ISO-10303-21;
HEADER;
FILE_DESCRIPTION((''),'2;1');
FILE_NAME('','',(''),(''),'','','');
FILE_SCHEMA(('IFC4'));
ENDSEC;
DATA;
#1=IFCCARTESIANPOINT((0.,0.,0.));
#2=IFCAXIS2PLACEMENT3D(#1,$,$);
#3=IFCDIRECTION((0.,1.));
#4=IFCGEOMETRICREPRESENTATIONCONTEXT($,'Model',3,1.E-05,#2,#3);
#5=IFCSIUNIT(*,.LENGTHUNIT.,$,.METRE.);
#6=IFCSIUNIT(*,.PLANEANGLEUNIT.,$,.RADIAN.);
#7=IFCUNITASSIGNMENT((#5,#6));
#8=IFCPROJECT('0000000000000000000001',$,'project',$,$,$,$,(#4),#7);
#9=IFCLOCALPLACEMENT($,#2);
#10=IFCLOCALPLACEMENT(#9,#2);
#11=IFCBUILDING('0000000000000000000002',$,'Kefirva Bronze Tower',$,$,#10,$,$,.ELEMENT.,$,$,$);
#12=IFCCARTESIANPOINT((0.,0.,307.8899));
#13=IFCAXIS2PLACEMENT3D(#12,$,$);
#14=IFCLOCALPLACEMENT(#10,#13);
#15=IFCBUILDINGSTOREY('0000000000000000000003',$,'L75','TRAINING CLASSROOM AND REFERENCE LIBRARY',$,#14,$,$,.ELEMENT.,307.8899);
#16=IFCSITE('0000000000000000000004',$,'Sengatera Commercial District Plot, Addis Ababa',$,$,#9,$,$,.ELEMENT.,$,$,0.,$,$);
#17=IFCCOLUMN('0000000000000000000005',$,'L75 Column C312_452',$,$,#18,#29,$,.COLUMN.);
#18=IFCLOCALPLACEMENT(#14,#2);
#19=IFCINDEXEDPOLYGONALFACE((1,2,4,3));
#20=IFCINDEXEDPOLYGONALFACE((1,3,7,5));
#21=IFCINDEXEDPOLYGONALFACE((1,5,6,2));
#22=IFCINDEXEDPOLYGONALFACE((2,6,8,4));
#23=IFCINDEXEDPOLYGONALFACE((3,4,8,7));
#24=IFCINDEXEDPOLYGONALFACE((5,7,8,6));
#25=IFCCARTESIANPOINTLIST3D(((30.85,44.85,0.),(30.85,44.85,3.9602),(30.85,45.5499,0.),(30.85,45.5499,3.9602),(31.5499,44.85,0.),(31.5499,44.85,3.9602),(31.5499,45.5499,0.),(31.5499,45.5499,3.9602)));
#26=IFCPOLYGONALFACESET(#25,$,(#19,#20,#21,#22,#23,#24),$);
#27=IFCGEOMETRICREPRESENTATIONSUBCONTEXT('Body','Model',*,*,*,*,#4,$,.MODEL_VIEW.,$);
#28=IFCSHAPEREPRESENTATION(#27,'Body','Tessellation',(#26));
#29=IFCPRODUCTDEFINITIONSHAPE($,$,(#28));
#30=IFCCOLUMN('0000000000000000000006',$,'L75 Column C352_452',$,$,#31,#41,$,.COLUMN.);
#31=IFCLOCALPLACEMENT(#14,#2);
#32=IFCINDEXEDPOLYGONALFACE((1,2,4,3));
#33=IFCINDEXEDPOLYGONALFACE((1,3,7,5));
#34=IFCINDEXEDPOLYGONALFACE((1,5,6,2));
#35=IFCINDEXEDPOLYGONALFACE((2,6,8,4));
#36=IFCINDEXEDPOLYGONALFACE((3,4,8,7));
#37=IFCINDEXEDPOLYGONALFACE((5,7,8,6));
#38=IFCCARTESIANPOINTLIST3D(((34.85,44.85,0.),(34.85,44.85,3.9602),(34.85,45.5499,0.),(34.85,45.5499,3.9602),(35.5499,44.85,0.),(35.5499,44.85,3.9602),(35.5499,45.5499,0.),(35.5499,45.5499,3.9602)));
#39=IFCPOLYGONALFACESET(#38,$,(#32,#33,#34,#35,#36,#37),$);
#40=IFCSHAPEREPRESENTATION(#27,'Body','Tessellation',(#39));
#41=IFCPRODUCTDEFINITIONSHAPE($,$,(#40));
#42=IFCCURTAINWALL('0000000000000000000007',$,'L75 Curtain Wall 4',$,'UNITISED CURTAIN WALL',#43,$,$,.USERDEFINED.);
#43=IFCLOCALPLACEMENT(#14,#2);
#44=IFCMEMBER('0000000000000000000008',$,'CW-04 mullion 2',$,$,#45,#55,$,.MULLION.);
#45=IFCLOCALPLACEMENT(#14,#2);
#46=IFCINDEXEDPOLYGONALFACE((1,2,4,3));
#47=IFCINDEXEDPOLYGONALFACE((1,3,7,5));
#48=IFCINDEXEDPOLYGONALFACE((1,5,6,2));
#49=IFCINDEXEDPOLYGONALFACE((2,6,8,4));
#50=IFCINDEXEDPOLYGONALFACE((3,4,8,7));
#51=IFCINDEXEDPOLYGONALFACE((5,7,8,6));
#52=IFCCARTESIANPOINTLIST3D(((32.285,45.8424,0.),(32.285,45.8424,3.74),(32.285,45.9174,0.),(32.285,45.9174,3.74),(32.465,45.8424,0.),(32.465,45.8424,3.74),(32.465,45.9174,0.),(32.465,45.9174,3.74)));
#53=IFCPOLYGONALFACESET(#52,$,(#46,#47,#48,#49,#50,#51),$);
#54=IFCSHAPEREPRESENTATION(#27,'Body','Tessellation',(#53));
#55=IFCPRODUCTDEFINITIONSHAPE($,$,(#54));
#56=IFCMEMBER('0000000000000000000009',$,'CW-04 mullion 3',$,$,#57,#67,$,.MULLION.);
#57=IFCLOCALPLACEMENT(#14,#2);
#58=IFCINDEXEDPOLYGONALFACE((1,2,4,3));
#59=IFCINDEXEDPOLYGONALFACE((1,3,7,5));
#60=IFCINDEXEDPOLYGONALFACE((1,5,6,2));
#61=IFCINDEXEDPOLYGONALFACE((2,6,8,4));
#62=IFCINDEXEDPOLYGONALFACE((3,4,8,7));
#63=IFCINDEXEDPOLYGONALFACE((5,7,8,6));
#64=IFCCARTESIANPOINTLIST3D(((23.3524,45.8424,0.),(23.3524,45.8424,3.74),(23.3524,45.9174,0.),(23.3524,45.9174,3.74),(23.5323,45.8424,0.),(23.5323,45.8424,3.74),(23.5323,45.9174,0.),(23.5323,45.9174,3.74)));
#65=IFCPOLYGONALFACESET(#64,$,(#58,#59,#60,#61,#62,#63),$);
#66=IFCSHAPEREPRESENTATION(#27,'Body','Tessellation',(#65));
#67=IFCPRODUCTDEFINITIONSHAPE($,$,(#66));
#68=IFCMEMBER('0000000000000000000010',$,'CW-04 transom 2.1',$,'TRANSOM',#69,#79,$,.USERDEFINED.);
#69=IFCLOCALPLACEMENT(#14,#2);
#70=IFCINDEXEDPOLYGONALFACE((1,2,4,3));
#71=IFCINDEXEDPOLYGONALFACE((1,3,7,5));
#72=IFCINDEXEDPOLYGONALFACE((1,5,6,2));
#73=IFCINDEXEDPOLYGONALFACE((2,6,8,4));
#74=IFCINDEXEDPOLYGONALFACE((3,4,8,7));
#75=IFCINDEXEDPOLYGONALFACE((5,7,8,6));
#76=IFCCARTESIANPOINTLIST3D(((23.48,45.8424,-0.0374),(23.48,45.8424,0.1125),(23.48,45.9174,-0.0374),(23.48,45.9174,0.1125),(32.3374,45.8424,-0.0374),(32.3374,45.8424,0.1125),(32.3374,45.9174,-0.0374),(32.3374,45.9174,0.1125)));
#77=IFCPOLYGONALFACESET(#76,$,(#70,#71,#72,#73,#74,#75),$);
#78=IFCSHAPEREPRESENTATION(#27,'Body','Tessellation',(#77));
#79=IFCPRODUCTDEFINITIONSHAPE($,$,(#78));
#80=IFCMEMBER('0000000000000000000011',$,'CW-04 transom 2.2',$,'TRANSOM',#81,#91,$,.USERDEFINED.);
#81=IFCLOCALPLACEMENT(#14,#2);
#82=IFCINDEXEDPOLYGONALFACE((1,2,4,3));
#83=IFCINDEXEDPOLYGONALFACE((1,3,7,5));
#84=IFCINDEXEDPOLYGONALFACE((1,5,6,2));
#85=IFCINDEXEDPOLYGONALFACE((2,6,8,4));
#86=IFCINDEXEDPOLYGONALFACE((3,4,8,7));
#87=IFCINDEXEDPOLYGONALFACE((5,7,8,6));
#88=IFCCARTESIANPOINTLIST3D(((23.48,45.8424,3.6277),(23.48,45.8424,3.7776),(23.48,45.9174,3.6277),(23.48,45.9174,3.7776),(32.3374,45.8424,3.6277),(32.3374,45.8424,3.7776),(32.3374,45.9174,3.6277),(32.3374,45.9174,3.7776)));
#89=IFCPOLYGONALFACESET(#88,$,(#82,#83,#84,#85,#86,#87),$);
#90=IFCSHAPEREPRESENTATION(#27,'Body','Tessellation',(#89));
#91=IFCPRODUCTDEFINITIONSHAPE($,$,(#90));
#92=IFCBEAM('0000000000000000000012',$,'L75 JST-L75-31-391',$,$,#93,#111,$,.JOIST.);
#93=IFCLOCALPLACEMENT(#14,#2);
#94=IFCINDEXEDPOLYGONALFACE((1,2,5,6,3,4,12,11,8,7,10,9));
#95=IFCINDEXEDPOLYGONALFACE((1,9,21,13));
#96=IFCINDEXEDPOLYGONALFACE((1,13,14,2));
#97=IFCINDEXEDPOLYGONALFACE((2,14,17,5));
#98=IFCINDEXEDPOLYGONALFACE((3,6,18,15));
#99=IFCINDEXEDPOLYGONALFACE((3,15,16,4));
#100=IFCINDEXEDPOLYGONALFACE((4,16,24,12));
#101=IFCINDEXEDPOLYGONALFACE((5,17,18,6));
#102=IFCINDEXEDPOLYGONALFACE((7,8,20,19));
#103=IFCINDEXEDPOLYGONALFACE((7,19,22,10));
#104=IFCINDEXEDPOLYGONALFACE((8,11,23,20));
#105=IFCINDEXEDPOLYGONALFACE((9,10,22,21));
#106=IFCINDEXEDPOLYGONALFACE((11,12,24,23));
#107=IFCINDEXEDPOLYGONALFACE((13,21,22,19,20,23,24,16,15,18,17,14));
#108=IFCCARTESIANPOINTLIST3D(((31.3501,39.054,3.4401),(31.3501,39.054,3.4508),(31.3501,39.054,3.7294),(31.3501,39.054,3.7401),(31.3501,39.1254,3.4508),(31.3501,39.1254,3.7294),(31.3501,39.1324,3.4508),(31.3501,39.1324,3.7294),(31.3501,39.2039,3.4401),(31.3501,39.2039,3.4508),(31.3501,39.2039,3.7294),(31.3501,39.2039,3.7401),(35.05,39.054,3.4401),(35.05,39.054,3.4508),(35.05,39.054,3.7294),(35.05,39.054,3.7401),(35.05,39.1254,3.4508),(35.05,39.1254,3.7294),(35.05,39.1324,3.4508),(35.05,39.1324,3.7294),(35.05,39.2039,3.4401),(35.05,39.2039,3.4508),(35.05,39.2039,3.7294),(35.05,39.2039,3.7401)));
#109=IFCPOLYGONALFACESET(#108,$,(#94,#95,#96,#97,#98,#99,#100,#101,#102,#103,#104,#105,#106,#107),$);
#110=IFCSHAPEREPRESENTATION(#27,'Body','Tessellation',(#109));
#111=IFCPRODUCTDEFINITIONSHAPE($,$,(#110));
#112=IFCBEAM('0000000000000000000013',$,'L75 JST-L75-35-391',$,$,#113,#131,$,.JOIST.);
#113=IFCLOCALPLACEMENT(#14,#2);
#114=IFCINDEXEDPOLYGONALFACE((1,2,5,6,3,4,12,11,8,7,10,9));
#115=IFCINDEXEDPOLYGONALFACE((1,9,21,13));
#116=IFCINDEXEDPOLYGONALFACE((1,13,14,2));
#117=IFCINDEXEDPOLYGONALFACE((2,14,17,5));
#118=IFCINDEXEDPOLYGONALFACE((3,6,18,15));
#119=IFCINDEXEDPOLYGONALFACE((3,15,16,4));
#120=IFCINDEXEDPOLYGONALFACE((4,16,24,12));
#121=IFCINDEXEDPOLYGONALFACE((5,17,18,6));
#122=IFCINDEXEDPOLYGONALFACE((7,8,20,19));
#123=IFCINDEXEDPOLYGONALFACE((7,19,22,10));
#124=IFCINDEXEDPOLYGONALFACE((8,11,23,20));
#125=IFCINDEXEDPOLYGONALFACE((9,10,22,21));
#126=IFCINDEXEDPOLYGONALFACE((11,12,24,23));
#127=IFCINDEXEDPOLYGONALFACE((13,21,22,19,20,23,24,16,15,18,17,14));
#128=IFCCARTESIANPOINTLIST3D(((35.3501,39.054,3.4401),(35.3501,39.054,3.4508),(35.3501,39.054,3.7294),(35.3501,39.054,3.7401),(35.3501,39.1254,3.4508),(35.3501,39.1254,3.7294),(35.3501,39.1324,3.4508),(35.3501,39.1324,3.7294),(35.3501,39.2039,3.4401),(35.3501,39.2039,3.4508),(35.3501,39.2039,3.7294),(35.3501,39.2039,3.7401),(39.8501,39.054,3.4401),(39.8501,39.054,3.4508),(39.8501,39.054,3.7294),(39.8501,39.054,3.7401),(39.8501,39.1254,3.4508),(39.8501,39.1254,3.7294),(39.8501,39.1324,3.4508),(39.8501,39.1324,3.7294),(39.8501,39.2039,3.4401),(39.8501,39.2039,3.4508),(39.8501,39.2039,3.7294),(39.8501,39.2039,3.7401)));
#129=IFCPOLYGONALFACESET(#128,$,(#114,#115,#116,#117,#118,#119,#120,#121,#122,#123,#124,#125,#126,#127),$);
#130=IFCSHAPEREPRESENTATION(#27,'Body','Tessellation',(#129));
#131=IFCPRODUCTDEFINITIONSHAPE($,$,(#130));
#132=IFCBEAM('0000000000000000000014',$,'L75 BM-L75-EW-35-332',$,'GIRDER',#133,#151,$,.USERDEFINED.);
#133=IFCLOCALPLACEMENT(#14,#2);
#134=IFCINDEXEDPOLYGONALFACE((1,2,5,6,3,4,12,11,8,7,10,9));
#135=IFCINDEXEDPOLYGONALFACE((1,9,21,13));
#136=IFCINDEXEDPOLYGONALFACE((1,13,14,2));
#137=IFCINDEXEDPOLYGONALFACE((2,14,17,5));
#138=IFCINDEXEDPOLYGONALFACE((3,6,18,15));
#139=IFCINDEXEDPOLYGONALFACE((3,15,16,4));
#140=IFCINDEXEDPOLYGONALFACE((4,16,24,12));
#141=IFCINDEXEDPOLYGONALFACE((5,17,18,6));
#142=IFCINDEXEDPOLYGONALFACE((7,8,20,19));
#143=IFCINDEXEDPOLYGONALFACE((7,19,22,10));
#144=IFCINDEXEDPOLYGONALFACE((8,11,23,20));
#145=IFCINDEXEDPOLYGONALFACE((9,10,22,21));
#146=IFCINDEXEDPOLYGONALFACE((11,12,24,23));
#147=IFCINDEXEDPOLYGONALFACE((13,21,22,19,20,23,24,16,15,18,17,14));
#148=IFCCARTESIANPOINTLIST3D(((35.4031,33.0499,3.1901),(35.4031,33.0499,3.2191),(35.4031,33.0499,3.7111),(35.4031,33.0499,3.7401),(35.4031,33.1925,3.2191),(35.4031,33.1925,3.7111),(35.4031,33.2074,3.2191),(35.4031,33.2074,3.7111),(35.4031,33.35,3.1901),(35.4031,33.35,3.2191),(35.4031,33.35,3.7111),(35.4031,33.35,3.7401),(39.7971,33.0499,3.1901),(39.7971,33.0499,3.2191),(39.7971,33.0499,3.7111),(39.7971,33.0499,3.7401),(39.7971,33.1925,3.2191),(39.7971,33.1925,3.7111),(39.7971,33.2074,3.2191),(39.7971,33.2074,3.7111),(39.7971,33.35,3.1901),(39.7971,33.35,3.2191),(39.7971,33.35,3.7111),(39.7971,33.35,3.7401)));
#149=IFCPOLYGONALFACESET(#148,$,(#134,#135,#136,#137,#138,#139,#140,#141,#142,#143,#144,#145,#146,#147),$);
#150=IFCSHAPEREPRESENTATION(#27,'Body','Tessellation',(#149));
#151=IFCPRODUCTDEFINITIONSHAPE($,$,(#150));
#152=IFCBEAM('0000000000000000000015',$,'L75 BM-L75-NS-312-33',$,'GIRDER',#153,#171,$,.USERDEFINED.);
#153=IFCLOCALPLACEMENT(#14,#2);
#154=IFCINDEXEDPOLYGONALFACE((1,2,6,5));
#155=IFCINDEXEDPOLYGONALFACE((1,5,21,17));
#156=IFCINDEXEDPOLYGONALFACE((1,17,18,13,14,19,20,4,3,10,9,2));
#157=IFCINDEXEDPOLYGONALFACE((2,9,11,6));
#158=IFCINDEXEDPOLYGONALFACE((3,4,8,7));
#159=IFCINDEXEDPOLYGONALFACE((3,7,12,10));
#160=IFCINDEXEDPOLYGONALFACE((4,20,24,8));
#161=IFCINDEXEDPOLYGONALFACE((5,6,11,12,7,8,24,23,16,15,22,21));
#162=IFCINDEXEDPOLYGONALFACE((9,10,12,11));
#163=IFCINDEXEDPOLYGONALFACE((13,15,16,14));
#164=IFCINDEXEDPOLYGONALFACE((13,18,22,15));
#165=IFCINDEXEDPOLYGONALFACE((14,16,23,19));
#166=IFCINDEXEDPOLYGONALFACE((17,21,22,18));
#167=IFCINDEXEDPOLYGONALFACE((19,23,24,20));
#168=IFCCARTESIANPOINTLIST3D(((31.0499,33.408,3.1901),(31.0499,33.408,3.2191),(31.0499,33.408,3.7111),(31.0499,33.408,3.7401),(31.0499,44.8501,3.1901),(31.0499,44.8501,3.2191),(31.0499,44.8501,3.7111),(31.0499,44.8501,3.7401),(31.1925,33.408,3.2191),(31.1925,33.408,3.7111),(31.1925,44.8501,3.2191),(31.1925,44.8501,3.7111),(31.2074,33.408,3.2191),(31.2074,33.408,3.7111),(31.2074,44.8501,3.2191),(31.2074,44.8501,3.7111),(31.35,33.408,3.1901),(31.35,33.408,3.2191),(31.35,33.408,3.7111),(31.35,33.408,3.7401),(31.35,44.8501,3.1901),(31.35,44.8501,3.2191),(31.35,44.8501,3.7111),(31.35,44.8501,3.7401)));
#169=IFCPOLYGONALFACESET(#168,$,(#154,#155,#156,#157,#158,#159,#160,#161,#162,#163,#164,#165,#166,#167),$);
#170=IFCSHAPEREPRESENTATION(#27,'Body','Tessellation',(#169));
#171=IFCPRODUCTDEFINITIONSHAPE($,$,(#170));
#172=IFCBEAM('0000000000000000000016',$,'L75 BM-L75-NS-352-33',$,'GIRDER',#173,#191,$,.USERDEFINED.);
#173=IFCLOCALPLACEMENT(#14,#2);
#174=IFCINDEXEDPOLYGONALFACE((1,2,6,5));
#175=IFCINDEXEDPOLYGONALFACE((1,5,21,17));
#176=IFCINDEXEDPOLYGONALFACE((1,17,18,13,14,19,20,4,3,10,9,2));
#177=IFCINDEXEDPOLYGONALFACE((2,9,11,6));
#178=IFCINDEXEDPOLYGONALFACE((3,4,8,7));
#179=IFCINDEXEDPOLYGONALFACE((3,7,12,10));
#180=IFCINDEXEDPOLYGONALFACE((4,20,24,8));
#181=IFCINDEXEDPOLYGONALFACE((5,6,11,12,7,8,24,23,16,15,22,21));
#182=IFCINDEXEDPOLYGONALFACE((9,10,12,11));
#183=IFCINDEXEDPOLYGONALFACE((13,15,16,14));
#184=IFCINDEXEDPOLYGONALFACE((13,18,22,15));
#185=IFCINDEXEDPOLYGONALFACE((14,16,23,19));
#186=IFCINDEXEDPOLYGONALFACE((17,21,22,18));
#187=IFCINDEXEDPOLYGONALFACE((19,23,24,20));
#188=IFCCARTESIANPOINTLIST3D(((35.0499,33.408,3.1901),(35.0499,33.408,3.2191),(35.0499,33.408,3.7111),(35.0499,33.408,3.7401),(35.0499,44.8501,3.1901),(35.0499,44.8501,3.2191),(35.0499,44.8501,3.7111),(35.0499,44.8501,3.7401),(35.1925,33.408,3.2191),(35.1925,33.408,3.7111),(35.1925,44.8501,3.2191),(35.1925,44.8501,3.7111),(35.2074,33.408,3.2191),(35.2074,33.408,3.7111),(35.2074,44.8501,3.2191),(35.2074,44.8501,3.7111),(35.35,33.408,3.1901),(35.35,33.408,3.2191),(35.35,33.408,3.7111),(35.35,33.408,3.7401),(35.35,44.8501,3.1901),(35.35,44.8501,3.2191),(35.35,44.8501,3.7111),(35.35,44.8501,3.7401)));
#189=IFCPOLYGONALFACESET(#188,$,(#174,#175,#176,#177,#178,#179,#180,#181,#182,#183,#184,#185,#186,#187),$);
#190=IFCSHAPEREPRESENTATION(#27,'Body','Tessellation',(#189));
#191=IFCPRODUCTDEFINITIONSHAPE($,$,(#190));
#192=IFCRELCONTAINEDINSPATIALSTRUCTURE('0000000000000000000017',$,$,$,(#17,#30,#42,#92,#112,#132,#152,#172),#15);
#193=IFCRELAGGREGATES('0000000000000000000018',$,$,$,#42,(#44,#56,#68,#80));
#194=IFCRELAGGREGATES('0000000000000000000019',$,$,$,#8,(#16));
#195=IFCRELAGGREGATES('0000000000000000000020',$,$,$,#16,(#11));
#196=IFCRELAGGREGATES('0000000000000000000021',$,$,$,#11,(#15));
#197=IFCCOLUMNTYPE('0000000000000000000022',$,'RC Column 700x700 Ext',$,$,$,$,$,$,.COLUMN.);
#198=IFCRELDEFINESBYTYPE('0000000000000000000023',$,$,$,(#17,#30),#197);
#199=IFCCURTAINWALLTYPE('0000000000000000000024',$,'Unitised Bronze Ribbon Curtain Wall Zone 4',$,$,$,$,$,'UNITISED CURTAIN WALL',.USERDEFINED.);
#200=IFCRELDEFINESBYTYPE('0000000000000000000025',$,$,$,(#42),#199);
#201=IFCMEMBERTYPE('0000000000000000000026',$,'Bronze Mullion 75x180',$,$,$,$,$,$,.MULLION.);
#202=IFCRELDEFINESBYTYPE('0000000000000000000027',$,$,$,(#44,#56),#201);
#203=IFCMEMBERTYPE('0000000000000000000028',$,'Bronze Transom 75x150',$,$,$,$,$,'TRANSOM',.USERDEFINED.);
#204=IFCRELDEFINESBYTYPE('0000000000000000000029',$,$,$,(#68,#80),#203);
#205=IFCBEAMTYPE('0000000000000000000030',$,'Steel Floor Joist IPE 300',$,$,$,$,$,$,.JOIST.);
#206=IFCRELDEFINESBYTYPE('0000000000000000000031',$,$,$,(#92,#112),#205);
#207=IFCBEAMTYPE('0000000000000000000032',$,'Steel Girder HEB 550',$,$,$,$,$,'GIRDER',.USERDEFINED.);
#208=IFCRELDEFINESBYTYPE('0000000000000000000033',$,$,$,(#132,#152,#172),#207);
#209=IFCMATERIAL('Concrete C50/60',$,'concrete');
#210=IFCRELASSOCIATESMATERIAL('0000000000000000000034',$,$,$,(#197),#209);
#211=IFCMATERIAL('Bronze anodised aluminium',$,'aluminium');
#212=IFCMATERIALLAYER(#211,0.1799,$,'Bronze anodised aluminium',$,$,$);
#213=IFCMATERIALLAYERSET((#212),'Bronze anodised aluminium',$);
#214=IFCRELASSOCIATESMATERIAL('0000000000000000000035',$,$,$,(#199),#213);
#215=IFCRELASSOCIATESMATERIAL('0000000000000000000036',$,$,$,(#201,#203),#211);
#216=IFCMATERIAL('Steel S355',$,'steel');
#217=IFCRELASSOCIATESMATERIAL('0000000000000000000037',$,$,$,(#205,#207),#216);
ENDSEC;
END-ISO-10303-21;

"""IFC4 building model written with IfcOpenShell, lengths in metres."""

from ifc_helpers import new_model, si_unit, direction, frame, origin, origin_2d, place, context, subcontext, project, spatial, rectangle, i_section, extrude, material, layer, layer_set, material_profile, profile_set, type_object, element, aggregate, save


model = new_model("IFC4")

# Units and contexts
model_context = context("Model", 3, precision=1e-05, world=origin(), true_north=direction((0.0, 1.0)))
body_context = subcontext(model_context, "Body", "Model", "MODEL_VIEW")
ifc_project = project(units=[si_unit("LENGTHUNIT", "METRE"), si_unit("PLANEANGLEUNIT", "RADIAN")], contexts=[model_context])

# Site, building, storey
site_placement = place(None, origin())
site = spatial("IfcSite", under=ifc_project, at=site_placement, Name="Sengatera Commercial District Plot, Addis Ababa", CompositionType="ELEMENT", RefElevation=0.0)
building_placement = place(site_placement, origin())
building = spatial("IfcBuilding", under=site, at=building_placement, Name="Kefirva Bronze Tower", CompositionType="ELEMENT")
storey_placement = place(building_placement, frame((0.0, 0.0, 307.8899)))
storey = spatial("IfcBuildingStorey", under=building, at=storey_placement, Name="L75", Description="TRAINING CLASSROOM AND REFERENCE LIBRARY", CompositionType="ELEMENT", Elevation=307.8899)

# Columns
ifc_material_1 = material(Name="Concrete C50/60", Category="concrete")
ifc_material_profile_1 = material_profile(ifc_material_1, rectangle(XDim=0.7, YDim=0.7, at=origin_2d()), Name="RC 700x700")
ifc_profile_set_1 = profile_set([ifc_material_profile_1], Name="Concrete C50/60")
column_type = type_object("IfcColumnType", Name="RC Column 700x700 Ext", PredefinedType="COLUMN", material=ifc_profile_set_1)
for number, where, z_axis, x_axis, name in (
    (1, (31.2, 45.2, 0.0), (0.0, 0.0, 1.0), (1.0, 0.0, 0.0), "L75 Column C312_452"),
    (2, (35.2, 45.2, 0.0), (0.0, 0.0, 1.0), (1.0, 0.0, 0.0), "L75 Column C352_452"),
):
    element("IfcColumn", number, at=place(storey_placement, frame(where, z_axis=z_axis, x_axis=x_axis)), inside=storey, type_object=column_type, Name=name, PredefinedType="COLUMN", context=body_context, shape_type="SweptSolid", body=[
        extrude(rectangle(XDim=0.7, YDim=0.7, at=origin_2d()), origin(), (0.0, 0.0, 1.0), 3.9602),
    ])

# Curtain wall, members
ifc_material_2 = material(Name="Bronze anodised aluminium", Category="aluminium")
ifc_layer_1 = layer(ifc_material_2, 0.1799, Name="Bronze anodised aluminium")
ifc_layer_set_1 = layer_set([ifc_layer_1], Name="Bronze anodised aluminium")
curtain_wall_type = type_object("IfcCurtainWallType", Name="Unitised Bronze Ribbon Curtain Wall Zone 4", ElementType="UNITISED CURTAIN WALL", PredefinedType="USERDEFINED", material=ifc_layer_set_1)
curtain_wall_placement = place(storey_placement, origin())
curtain_wall = element("IfcCurtainWall", 3, at=curtain_wall_placement, inside=storey, type_object=curtain_wall_type, Name="L75 Curtain Wall 4", ObjectType="UNITISED CURTAIN WALL", PredefinedType="USERDEFINED")
ifc_material_profile_2 = material_profile(ifc_material_2, rectangle(XDim=0.075, YDim=0.1799, at=origin_2d()), Name="ALU 75x180")
ifc_profile_set_2 = profile_set([ifc_material_profile_2], Name="Bronze anodised aluminium")
member_type_1 = type_object("IfcMemberType", Name="Bronze Mullion 75x180", PredefinedType="MULLION", material=ifc_profile_set_2)
member_1_placement = place(storey_placement, frame((32.375, 45.8799, 0.0), z_axis=(0.0, 0.0, 1.0), x_axis=(0.0, -1.0, 0.0)))
member_1 = element("IfcMember", 4, at=member_1_placement, type_object=member_type_1, Name="CW-04 mullion 2", PredefinedType="MULLION", context=body_context, shape_type="SweptSolid", body=[
    extrude(rectangle(XDim=0.075, YDim=0.1799, at=origin_2d()), origin(), (0.0, 0.0, 1.0), 3.74),
])
member_2_placement = place(storey_placement, frame((23.4424, 45.8799, 0.0), z_axis=(0.0, 0.0, 1.0), x_axis=(0.0, -1.0, 0.0)))
member_2 = element("IfcMember", 5, at=member_2_placement, type_object=member_type_1, Name="CW-04 mullion 3", PredefinedType="MULLION", context=body_context, shape_type="SweptSolid", body=[
    extrude(rectangle(XDim=0.075, YDim=0.1799, at=origin_2d()), origin(), (0.0, 0.0, 1.0), 3.74),
])
ifc_material_profile_3 = material_profile(ifc_material_2, rectangle(XDim=0.075, YDim=0.1499, at=origin_2d()), Name="ALU 75x150")
ifc_profile_set_3 = profile_set([ifc_material_profile_3], Name="Bronze anodised aluminium")
member_type_2 = type_object("IfcMemberType", Name="Bronze Transom 75x150", ElementType="TRANSOM", PredefinedType="USERDEFINED", material=ifc_profile_set_3)
member_3_placement = place(storey_placement, frame((32.3374, 45.8799, 0.0376), z_axis=(-1.0, 0.0, 0.0), x_axis=(0.0, -1.0, 0.0)))
member_3 = element("IfcMember", 6, at=member_3_placement, type_object=member_type_2, Name="CW-04 transom 2.1", ObjectType="TRANSOM", PredefinedType="USERDEFINED", context=body_context, shape_type="SweptSolid", body=[
    extrude(rectangle(XDim=0.075, YDim=0.1499, at=origin_2d()), origin(), (0.0, 0.0, 1.0), 8.8574),
])
member_4_placement = place(storey_placement, frame((32.3374, 45.8799, 3.7026), z_axis=(-1.0, 0.0, 0.0), x_axis=(0.0, -1.0, 0.0)))
member_4 = element("IfcMember", 7, at=member_4_placement, type_object=member_type_2, Name="CW-04 transom 2.2", ObjectType="TRANSOM", PredefinedType="USERDEFINED", context=body_context, shape_type="SweptSolid", body=[
    extrude(rectangle(XDim=0.075, YDim=0.1499, at=origin_2d()), origin(), (0.0, 0.0, 1.0), 8.8574),
])

# Beams
ifc_material_3 = material(Name="Steel S355", Category="steel")
ifc_material_profile_4 = material_profile(ifc_material_3, i_section(OverallWidth=0.1499, OverallDepth=0.3, WebThickness=0.0071, FlangeThickness=0.0107, at=origin_2d()), Name="IPE 300")
ifc_profile_set_4 = profile_set([ifc_material_profile_4], Name="Steel S355")
beam_type_1 = type_object("IfcBeamType", Name="Steel Floor Joist IPE 300", PredefinedType="JOIST", material=ifc_profile_set_4)
beam_1_placement = place(storey_placement, frame((31.3501, 39.1289, 3.5901), z_axis=(1.0, 0.0, 0.0), x_axis=(0.0, 1.0, 0.0)))
element("IfcBeam", 8, at=beam_1_placement, inside=storey, type_object=beam_type_1, Name="L75 JST-L75-31-391", PredefinedType="JOIST", context=body_context, shape_type="SweptSolid", body=[
    extrude(i_section(OverallWidth=0.1499, OverallDepth=0.3, WebThickness=0.0071, FlangeThickness=0.0107, at=origin_2d()), origin(), (0.0, 0.0, 1.0), 3.7),
])
beam_2_placement = place(storey_placement, frame((35.3501, 39.1289, 3.5901), z_axis=(1.0, 0.0, 0.0), x_axis=(0.0, 1.0, 0.0)))
element("IfcBeam", 9, at=beam_2_placement, inside=storey, type_object=beam_type_1, Name="L75 JST-L75-35-391", PredefinedType="JOIST", context=body_context, shape_type="SweptSolid", body=[
    extrude(i_section(OverallWidth=0.1499, OverallDepth=0.3, WebThickness=0.0071, FlangeThickness=0.0107, at=origin_2d()), origin(), (0.0, 0.0, 1.0), 4.5),
])
ifc_material_profile_5 = material_profile(ifc_material_3, i_section(OverallWidth=0.3, OverallDepth=0.55, WebThickness=0.0149, FlangeThickness=0.0291, at=origin_2d()), Name="HEB 550")
ifc_profile_set_5 = profile_set([ifc_material_profile_5], Name="Steel S355")
beam_type_2 = type_object("IfcBeamType", Name="Steel Girder HEB 550", ElementType="GIRDER", PredefinedType="USERDEFINED", material=ifc_profile_set_5)
beam_3_placement = place(storey_placement, frame((35.4031, 33.2, 3.4651), z_axis=(1.0, 0.0, 0.0), x_axis=(0.0, 1.0, 0.0)))
element("IfcBeam", 10, at=beam_3_placement, inside=storey, type_object=beam_type_2, Name="L75 BM-L75-EW-35-332", ObjectType="GIRDER", PredefinedType="USERDEFINED", context=body_context, shape_type="SweptSolid", body=[
    extrude(i_section(OverallWidth=0.3, OverallDepth=0.55, WebThickness=0.0149, FlangeThickness=0.0291, at=origin_2d()), origin(), (0.0, 0.0, 1.0), 4.394),
])
for number, where, z_axis, x_axis, name in (
    (11, (31.2, 33.408, 3.4651), (0.0, 1.0, 0.0), (-1.0, 0.0, 0.0), "L75 BM-L75-NS-312-33"),
    (12, (35.2, 33.408, 3.4651), (0.0, 1.0, 0.0), (-1.0, 0.0, 0.0), "L75 BM-L75-NS-352-33"),
):
    element("IfcBeam", number, at=place(storey_placement, frame(where, z_axis=z_axis, x_axis=x_axis)), inside=storey, type_object=beam_type_2, Name=name, ObjectType="GIRDER", PredefinedType="USERDEFINED", context=body_context, shape_type="SweptSolid", body=[
        extrude(i_section(OverallWidth=0.3, OverallDepth=0.55, WebThickness=0.0149, FlangeThickness=0.0291, at=origin_2d()), origin(), (0.0, 0.0, 1.0), 11.4421),
    ])

aggregate(curtain_wall, [member_1, member_2, member_3, member_4])

save(model, "model.ifc")
